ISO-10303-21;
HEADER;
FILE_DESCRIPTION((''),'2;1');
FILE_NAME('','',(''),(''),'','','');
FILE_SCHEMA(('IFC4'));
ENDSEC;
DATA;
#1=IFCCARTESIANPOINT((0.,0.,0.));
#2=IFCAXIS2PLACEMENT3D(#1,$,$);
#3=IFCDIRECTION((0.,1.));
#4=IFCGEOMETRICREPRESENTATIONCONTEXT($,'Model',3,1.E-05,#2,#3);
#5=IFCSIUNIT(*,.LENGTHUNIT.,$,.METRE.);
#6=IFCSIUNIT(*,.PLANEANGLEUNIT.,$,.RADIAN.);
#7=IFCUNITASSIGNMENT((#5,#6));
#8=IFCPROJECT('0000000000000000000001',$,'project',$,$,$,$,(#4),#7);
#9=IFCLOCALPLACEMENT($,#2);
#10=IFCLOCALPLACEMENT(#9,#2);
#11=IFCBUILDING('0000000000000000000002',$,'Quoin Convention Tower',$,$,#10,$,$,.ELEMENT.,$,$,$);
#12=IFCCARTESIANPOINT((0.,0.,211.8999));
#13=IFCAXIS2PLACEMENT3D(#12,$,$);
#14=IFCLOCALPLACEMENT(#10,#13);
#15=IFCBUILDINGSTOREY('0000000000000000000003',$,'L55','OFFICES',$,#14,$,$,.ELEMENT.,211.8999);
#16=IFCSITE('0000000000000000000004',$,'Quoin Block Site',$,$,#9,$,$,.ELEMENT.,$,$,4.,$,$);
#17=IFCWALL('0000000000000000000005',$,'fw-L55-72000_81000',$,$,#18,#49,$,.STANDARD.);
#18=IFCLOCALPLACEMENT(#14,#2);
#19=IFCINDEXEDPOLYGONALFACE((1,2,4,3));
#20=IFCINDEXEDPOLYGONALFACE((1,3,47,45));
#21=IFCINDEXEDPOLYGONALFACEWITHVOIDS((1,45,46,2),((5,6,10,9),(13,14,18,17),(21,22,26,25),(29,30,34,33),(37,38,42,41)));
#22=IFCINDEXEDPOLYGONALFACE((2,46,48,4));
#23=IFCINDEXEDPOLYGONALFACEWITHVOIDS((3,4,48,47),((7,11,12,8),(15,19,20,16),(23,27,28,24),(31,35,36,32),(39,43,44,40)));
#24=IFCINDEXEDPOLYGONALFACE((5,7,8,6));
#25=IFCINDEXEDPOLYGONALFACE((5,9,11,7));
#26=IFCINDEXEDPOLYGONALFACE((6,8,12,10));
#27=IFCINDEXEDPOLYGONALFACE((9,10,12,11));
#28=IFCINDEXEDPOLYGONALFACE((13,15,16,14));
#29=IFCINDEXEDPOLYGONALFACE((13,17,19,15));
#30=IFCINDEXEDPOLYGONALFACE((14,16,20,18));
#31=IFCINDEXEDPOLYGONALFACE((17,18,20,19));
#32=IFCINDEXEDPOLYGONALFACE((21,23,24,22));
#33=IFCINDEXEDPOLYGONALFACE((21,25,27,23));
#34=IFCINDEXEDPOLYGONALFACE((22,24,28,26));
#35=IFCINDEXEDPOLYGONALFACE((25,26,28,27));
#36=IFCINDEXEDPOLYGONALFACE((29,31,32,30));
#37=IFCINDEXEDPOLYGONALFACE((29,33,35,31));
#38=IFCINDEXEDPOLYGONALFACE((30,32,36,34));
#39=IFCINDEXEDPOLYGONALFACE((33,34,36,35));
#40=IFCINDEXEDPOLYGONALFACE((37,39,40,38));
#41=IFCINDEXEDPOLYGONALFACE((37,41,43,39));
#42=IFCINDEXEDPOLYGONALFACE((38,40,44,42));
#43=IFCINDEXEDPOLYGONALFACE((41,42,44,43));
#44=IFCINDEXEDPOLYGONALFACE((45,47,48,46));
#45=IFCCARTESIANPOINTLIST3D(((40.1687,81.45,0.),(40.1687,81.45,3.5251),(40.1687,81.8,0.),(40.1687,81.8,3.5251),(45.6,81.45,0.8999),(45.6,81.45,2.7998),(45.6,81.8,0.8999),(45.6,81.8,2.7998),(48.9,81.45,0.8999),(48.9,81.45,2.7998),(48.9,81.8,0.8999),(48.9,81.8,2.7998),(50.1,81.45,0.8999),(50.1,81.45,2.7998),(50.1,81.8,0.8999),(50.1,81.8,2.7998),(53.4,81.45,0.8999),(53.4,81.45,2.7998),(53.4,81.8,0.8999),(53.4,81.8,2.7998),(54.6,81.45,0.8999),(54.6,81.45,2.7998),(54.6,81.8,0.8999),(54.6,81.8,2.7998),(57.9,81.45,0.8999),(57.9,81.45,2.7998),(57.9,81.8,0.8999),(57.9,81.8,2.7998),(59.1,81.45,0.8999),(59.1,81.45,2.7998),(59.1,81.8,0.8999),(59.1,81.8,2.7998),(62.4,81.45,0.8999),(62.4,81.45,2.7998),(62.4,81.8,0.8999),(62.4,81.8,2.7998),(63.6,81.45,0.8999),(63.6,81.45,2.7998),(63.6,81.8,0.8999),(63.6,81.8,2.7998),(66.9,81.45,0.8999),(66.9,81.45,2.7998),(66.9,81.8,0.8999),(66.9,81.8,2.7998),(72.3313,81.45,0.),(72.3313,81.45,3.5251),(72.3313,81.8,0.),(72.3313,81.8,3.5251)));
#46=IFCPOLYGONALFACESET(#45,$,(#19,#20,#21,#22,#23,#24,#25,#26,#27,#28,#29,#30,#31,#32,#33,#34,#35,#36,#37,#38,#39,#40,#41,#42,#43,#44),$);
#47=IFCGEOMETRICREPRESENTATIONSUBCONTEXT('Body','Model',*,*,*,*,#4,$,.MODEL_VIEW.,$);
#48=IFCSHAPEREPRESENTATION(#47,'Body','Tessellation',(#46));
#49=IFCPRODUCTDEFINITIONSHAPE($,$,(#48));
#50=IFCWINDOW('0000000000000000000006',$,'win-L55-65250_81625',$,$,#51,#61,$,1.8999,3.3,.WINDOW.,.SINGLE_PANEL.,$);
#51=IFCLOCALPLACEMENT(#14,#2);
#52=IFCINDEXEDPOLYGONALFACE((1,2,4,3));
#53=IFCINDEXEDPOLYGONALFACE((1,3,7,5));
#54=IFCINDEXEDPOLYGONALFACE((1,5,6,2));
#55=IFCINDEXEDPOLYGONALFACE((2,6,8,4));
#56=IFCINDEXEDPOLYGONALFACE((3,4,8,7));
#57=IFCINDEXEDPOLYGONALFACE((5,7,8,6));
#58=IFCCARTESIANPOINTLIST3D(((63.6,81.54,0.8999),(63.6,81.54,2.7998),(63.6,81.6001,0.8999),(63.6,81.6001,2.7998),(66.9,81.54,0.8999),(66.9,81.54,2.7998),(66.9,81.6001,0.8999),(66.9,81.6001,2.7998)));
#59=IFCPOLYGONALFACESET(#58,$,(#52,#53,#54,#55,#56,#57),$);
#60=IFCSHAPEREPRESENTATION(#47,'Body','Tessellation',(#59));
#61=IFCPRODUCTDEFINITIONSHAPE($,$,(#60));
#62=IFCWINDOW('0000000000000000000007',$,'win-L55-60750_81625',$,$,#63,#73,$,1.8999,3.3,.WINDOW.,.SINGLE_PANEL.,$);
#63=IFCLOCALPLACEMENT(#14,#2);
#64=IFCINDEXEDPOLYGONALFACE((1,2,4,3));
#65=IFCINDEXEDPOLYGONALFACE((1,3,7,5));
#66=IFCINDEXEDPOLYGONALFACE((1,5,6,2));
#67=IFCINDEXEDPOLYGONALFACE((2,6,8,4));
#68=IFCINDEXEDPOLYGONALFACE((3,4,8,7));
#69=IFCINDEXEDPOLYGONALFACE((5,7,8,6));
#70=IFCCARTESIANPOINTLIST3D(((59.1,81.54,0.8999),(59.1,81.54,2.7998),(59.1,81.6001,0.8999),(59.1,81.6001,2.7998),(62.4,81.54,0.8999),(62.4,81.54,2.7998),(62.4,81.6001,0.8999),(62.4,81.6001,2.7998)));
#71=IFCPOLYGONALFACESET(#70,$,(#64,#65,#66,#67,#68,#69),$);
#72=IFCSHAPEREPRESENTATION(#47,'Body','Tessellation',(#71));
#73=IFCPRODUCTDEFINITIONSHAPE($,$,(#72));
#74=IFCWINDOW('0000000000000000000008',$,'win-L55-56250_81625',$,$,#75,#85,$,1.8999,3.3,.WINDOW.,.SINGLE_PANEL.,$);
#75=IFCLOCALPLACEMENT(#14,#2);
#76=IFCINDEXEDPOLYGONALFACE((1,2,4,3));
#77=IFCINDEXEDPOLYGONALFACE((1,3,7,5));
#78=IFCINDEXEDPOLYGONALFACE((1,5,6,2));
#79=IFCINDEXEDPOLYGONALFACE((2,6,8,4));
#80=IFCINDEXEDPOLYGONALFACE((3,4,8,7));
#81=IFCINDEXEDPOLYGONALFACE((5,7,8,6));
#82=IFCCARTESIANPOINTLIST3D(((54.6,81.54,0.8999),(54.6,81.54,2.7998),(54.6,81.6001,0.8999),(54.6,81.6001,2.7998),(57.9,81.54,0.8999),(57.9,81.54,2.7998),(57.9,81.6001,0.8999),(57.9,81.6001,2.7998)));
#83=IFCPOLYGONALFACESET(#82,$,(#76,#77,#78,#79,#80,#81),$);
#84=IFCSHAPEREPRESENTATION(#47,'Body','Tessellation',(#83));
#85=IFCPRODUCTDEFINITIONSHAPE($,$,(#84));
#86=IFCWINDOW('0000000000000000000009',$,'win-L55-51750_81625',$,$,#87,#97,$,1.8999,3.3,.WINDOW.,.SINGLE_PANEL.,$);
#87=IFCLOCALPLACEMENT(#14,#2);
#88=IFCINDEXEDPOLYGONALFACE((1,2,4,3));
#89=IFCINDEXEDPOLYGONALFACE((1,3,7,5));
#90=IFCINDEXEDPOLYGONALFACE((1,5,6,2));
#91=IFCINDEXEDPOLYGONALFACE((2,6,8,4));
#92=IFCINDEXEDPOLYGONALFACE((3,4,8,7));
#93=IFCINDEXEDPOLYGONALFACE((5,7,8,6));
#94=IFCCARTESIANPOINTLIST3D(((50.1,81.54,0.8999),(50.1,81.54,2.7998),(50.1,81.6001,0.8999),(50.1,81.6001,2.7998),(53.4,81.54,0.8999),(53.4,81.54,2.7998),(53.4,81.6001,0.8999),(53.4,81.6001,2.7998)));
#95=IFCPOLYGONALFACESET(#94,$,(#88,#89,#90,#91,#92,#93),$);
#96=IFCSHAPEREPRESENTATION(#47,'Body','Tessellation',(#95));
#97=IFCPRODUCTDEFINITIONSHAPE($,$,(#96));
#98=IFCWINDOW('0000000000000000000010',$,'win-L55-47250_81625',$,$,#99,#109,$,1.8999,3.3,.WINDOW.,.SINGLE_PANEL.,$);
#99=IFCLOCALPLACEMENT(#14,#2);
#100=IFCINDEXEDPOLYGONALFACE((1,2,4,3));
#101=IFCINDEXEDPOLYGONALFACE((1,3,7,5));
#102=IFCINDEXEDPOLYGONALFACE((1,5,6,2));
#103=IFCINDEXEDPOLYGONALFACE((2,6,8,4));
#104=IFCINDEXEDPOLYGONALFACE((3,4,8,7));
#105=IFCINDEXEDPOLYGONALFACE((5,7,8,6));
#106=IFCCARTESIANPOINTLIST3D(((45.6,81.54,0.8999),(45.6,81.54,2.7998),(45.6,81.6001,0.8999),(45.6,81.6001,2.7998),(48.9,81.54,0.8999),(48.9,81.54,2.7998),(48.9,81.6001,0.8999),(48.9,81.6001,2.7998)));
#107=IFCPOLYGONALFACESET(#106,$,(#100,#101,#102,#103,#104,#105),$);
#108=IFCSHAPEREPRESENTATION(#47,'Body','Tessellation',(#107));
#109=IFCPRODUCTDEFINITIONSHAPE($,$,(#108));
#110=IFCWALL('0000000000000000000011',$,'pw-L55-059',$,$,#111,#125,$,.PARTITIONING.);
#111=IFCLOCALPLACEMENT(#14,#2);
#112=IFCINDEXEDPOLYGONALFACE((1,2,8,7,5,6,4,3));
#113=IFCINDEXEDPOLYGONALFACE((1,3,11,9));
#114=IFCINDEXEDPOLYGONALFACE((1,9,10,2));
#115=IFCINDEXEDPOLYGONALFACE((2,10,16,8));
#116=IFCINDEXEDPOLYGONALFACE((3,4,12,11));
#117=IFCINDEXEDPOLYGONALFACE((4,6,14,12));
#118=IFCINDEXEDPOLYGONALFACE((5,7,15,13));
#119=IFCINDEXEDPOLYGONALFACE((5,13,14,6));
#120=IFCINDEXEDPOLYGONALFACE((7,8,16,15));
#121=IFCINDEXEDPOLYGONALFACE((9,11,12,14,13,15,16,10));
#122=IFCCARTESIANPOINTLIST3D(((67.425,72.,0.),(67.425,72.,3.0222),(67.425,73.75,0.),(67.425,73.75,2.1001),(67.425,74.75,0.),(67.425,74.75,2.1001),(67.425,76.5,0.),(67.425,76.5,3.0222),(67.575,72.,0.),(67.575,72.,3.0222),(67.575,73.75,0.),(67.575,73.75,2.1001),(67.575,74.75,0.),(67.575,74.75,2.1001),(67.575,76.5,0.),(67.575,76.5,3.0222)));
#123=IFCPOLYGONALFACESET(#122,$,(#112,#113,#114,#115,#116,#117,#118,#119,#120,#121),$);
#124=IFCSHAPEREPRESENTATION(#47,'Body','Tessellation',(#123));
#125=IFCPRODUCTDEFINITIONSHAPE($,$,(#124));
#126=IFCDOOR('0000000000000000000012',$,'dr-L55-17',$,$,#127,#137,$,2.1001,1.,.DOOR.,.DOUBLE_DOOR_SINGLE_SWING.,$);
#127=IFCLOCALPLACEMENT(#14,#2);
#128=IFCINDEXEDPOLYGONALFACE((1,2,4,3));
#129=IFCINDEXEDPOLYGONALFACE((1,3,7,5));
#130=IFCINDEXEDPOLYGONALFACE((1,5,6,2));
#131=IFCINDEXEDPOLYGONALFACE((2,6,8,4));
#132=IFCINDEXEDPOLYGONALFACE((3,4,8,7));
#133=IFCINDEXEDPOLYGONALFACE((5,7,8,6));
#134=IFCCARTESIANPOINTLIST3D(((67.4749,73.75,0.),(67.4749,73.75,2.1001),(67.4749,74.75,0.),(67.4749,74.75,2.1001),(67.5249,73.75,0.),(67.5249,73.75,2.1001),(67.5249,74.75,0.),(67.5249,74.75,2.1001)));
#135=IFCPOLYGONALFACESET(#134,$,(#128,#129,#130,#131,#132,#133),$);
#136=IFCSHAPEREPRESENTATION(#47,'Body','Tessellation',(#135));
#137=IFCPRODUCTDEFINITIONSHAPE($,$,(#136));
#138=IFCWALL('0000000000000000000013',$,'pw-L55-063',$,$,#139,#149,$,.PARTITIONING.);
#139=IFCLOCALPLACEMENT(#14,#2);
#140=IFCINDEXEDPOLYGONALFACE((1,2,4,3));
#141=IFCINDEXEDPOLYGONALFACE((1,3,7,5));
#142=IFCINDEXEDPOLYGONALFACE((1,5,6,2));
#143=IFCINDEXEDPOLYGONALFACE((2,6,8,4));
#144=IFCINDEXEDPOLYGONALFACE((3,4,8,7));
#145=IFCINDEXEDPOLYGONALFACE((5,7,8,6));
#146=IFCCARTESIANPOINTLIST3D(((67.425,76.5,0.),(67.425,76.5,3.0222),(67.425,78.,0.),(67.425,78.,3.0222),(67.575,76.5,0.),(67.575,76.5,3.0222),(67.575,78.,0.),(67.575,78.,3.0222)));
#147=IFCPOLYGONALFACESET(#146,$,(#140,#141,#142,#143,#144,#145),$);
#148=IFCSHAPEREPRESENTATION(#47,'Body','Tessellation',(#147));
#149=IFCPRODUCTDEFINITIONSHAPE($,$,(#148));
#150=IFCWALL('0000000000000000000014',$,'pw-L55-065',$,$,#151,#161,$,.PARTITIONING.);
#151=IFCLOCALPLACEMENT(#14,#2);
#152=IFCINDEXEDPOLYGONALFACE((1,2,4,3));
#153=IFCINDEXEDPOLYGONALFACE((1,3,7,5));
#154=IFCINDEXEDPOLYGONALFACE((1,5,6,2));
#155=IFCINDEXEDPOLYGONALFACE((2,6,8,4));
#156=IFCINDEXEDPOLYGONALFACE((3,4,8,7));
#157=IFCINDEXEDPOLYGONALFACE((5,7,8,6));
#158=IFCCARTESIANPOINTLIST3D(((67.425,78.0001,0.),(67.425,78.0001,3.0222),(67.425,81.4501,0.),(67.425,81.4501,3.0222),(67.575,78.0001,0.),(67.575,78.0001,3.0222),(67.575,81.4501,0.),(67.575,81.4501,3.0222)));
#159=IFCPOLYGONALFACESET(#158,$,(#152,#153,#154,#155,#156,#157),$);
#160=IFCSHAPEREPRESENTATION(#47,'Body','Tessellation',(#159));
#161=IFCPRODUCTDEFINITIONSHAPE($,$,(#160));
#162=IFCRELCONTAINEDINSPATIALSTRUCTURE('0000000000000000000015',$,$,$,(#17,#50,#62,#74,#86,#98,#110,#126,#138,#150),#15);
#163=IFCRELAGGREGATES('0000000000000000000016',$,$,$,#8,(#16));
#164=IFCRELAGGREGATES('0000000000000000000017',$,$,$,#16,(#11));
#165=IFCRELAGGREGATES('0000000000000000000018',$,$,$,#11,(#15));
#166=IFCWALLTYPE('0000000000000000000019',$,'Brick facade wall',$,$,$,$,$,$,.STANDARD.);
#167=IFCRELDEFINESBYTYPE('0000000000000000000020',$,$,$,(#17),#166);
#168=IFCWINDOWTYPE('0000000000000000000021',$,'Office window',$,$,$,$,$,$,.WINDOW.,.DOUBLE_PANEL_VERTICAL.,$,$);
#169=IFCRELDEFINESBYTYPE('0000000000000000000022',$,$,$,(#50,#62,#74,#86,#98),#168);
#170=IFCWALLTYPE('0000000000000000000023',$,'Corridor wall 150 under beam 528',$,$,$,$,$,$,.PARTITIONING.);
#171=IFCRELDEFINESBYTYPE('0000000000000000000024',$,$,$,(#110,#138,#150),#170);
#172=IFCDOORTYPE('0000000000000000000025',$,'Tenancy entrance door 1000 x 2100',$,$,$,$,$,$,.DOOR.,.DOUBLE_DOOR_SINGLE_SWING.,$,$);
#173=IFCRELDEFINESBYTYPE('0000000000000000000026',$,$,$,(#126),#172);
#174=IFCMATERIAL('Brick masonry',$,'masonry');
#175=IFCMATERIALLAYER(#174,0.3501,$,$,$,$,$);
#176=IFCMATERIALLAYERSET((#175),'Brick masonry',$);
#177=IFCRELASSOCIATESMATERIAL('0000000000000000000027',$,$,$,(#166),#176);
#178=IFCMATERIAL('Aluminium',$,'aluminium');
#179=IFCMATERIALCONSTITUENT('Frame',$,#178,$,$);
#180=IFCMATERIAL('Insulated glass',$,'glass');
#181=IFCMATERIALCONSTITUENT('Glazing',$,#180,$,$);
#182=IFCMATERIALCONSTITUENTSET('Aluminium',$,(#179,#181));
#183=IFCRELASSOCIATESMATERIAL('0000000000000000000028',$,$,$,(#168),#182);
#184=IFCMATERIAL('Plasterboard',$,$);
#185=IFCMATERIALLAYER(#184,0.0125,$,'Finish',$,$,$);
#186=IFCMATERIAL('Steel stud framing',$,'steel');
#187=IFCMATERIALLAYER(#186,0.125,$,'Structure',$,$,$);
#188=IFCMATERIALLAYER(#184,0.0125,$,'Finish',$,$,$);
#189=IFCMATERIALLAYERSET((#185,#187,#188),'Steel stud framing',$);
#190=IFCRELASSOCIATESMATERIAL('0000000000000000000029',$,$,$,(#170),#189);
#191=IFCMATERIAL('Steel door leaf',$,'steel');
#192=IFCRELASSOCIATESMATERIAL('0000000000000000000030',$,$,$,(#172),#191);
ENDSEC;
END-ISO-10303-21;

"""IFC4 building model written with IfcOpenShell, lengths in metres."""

from ifc_helpers import new_model, si_unit, direction, frame, frame_2d, origin, place, context, subcontext, project, spatial, rectangle, extrude, material, layer, layer_set, constituent, constituent_set, type_object, element, fill, save


model = new_model("IFC4")

# Units and contexts
model_context = context("Model", 3, precision=1e-05, world=origin(), true_north=direction((0.0, 1.0)))
body_context = subcontext(model_context, "Body", "Model", "MODEL_VIEW")
ifc_project = project(units=[si_unit("LENGTHUNIT", "METRE"), si_unit("PLANEANGLEUNIT", "RADIAN")], contexts=[model_context])

# Site, building, storey
site_placement = place(None, origin())
site = spatial("IfcSite", under=ifc_project, at=site_placement, Name="Quoin Block Site", CompositionType="ELEMENT", RefElevation=4.0)
building_placement = place(site_placement, origin())
building = spatial("IfcBuilding", under=site, at=building_placement, Name="Quoin Convention Tower", CompositionType="ELEMENT")
storey_placement = place(building_placement, frame((0.0, 0.0, 211.8999)))
storey = spatial("IfcBuildingStorey", under=building, at=storey_placement, Name="L55", Description="OFFICES", CompositionType="ELEMENT", Elevation=211.8999)

# Shared definitions
ifc_material_1 = material(Name="Brick masonry", Category="masonry")
ifc_layer_1 = layer(ifc_material_1, 0.3501)
ifc_layer_set_1 = layer_set([ifc_layer_1], Name="Brick masonry")
wall_type_1 = type_object("IfcWallType", Name="Brick facade wall", PredefinedType="STANDARD", material=ifc_layer_set_1)
ifc_material_2 = material(Name="Aluminium", Category="aluminium")
ifc_constituent_1 = constituent(ifc_material_2, Name="Frame")
ifc_material_3 = material(Name="Insulated glass", Category="glass")
ifc_constituent_2 = constituent(ifc_material_3, Name="Glazing")
ifc_constituent_set = constituent_set(constituents=[ifc_constituent_1, ifc_constituent_2], Name="Aluminium")
window_type = type_object("IfcWindowType", Name="Office window", PartitioningType="DOUBLE_PANEL_VERTICAL", PredefinedType="WINDOW", material=ifc_constituent_set)

# Wall, openings, windows
wall_1_placement = place(storey_placement, frame((72.3313, 81.625, 0.0), z_axis=(0.0, 0.0, 1.0), x_axis=(-1.0, 0.0, 0.0)))
wall_1 = element("IfcWall", 1, at=wall_1_placement, inside=storey, type_object=wall_type_1, Name="fw-L55-72000_81000", PredefinedType="STANDARD", context=body_context, shape_type="SweptSolid", body=[
    extrude(rectangle(XDim=32.1626, YDim=0.3501, at=frame_2d((16.0813, 0.0))), origin(), (0.0, 0.0, 1.0), 3.5251),
])
opening_1_placement = place(wall_1_placement, frame((5.4314, 0.0, 0.8999)))
opening_1 = element("IfcOpeningElement", 2, at=opening_1_placement, cuts=wall_1, PredefinedType="OPENING", context=body_context, shape_type="SweptSolid", body=[
    extrude(rectangle(XDim=3.3, YDim=1.8999, at=frame_2d((1.6499, 0.95))), frame((0.0, 0.1851, 0.0), z_axis=(0.0, -1.0, 0.0), x_axis=(1.0, 0.0, 0.0)), (0.0, 0.0, 1.0), 0.3701),
])
opening_2_placement = place(wall_1_placement, frame((9.9314, 0.0, 0.8999)))
opening_2 = element("IfcOpeningElement", 3, at=opening_2_placement, cuts=wall_1, PredefinedType="OPENING", context=body_context, shape_type="SweptSolid", body=[
    extrude(rectangle(XDim=3.3, YDim=1.8999, at=frame_2d((1.6499, 0.95))), frame((0.0, 0.1851, 0.0), z_axis=(0.0, -1.0, 0.0), x_axis=(1.0, 0.0, 0.0)), (0.0, 0.0, 1.0), 0.3701),
])
opening_3_placement = place(wall_1_placement, frame((14.4314, 0.0, 0.8999)))
opening_3 = element("IfcOpeningElement", 4, at=opening_3_placement, cuts=wall_1, PredefinedType="OPENING", context=body_context, shape_type="SweptSolid", body=[
    extrude(rectangle(XDim=3.3, YDim=1.8999, at=frame_2d((1.6499, 0.95))), frame((0.0, 0.1851, 0.0), z_axis=(0.0, -1.0, 0.0), x_axis=(1.0, 0.0, 0.0)), (0.0, 0.0, 1.0), 0.3701),
])
opening_4_placement = place(wall_1_placement, frame((18.9314, 0.0, 0.8999)))
opening_4 = element("IfcOpeningElement", 5, at=opening_4_placement, cuts=wall_1, PredefinedType="OPENING", context=body_context, shape_type="SweptSolid", body=[
    extrude(rectangle(XDim=3.3, YDim=1.8999, at=frame_2d((1.6499, 0.95))), frame((0.0, 0.1851, 0.0), z_axis=(0.0, -1.0, 0.0), x_axis=(1.0, 0.0, 0.0)), (0.0, 0.0, 1.0), 0.3701),
])
opening_5_placement = place(wall_1_placement, frame((23.4314, 0.0, 0.8999)))
opening_5 = element("IfcOpeningElement", 6, at=opening_5_placement, cuts=wall_1, PredefinedType="OPENING", context=body_context, shape_type="SweptSolid", body=[
    extrude(rectangle(XDim=3.3, YDim=1.8999, at=frame_2d((1.6499, 0.95))), frame((0.0, 0.1851, 0.0), z_axis=(0.0, -1.0, 0.0), x_axis=(1.0, 0.0, 0.0)), (0.0, 0.0, 1.0), 0.3701),
])
window_1_placement = place(opening_1_placement, origin())
window_1 = element("IfcWindow", 7, at=window_1_placement, inside=storey, type_object=window_type, Name="win-L55-65250_81625", OverallHeight=1.8999, OverallWidth=3.3, PartitioningType="SINGLE_PANEL", PredefinedType="WINDOW", context=body_context, shape_type="SweptSolid", body=[
    extrude(rectangle(XDim=3.3, YDim=1.8999, at=frame_2d((1.6499, 0.95))), frame((0.0, 0.085, 0.0), z_axis=(0.0, -1.0, 0.0), x_axis=(1.0, 0.0, 0.0)), (0.0, 0.0, 1.0), 0.0601),
])
fill(opening_1, window_1)
window_2_placement = place(opening_2_placement, origin())
window_2 = element("IfcWindow", 8, at=window_2_placement, inside=storey, type_object=window_type, Name="win-L55-60750_81625", OverallHeight=1.8999, OverallWidth=3.3, PartitioningType="SINGLE_PANEL", PredefinedType="WINDOW", context=body_context, shape_type="SweptSolid", body=[
    extrude(rectangle(XDim=3.3, YDim=1.8999, at=frame_2d((1.6499, 0.95))), frame((0.0, 0.085, 0.0), z_axis=(0.0, -1.0, 0.0), x_axis=(1.0, 0.0, 0.0)), (0.0, 0.0, 1.0), 0.0601),
])
fill(opening_2, window_2)
window_3_placement = place(opening_3_placement, origin())
window_3 = element("IfcWindow", 9, at=window_3_placement, inside=storey, type_object=window_type, Name="win-L55-56250_81625", OverallHeight=1.8999, OverallWidth=3.3, PartitioningType="SINGLE_PANEL", PredefinedType="WINDOW", context=body_context, shape_type="SweptSolid", body=[
    extrude(rectangle(XDim=3.3, YDim=1.8999, at=frame_2d((1.6499, 0.95))), frame((0.0, 0.085, 0.0), z_axis=(0.0, -1.0, 0.0), x_axis=(1.0, 0.0, 0.0)), (0.0, 0.0, 1.0), 0.0601),
])
fill(opening_3, window_3)
window_4_placement = place(opening_4_placement, origin())
window_4 = element("IfcWindow", 10, at=window_4_placement, inside=storey, type_object=window_type, Name="win-L55-51750_81625", OverallHeight=1.8999, OverallWidth=3.3, PartitioningType="SINGLE_PANEL", PredefinedType="WINDOW", context=body_context, shape_type="SweptSolid", body=[
    extrude(rectangle(XDim=3.3, YDim=1.8999, at=frame_2d((1.6499, 0.95))), frame((0.0, 0.085, 0.0), z_axis=(0.0, -1.0, 0.0), x_axis=(1.0, 0.0, 0.0)), (0.0, 0.0, 1.0), 0.0601),
])
fill(opening_4, window_4)
window_5_placement = place(opening_5_placement, origin())
window_5 = element("IfcWindow", 11, at=window_5_placement, inside=storey, type_object=window_type, Name="win-L55-47250_81625", OverallHeight=1.8999, OverallWidth=3.3, PartitioningType="SINGLE_PANEL", PredefinedType="WINDOW", context=body_context, shape_type="SweptSolid", body=[
    extrude(rectangle(XDim=3.3, YDim=1.8999, at=frame_2d((1.6499, 0.95))), frame((0.0, 0.085, 0.0), z_axis=(0.0, -1.0, 0.0), x_axis=(1.0, 0.0, 0.0)), (0.0, 0.0, 1.0), 0.0601),
])
fill(opening_5, window_5)

# Wall, opening, door
ifc_material_4 = material(Name="Plasterboard")
ifc_layer_2 = layer(ifc_material_4, 0.0125, Name="Finish")
ifc_material_5 = material(Name="Steel stud framing", Category="steel")
ifc_layer_3 = layer(ifc_material_5, 0.125, Name="Structure")
ifc_layer_4 = layer(ifc_material_4, 0.0125, Name="Finish")
ifc_layer_set_2 = layer_set([ifc_layer_2, ifc_layer_3, ifc_layer_4], Name="Steel stud framing")
wall_type_2 = type_object("IfcWallType", Name="Corridor wall 150 under beam 528", PredefinedType="PARTITIONING", material=ifc_layer_set_2)
wall_2_placement = place(storey_placement, frame((67.5, 72.0, 0.0), z_axis=(0.0, 0.0, 1.0), x_axis=(0.0, 1.0, 0.0)))
wall_2 = element("IfcWall", 12, at=wall_2_placement, inside=storey, type_object=wall_type_2, Name="pw-L55-059", PredefinedType="PARTITIONING", context=body_context, shape_type="SweptSolid", body=[
    extrude(rectangle(XDim=4.5, YDim=0.1499, at=frame_2d((2.25, 0.0))), origin(), (0.0, 0.0, 1.0), 3.0222),
])
opening_6_placement = place(wall_2_placement, frame((1.75, 0.0, 0.0)))
opening_6 = element("IfcOpeningElement", 13, at=opening_6_placement, cuts=wall_2, PredefinedType="OPENING", context=body_context, shape_type="SweptSolid", body=[
    extrude(rectangle(XDim=1.0, YDim=2.1001, at=frame_2d((0.5, 1.05))), frame((0.0, 0.085, 0.0), z_axis=(0.0, -1.0, 0.0), x_axis=(1.0, 0.0, 0.0)), (0.0, 0.0, 1.0), 0.1699),
])
ifc_material_6 = material(Name="Steel door leaf", Category="steel")
door_type = type_object("IfcDoorType", Name="Tenancy entrance door 1000 x 2100", OperationType="DOUBLE_DOOR_SINGLE_SWING", PredefinedType="DOOR", material=ifc_material_6)
door_placement = place(opening_6_placement, frame((1.0, 0.0, 0.0), z_axis=(0.0, 0.0, 1.0), x_axis=(-1.0, 0.0, 0.0)))
door = element("IfcDoor", 14, at=door_placement, inside=storey, type_object=door_type, Name="dr-L55-17", OperationType="DOUBLE_DOOR_SINGLE_SWING", OverallHeight=2.1001, OverallWidth=1.0, PredefinedType="DOOR", context=body_context, shape_type="SweptSolid", body=[
    extrude(rectangle(XDim=1.0, YDim=2.1001, at=frame_2d((0.5, 1.05))), frame((0.0, 0.0249, 0.0), z_axis=(0.0, -1.0, 0.0), x_axis=(1.0, 0.0, 0.0)), (0.0, 0.0, 1.0), 0.05),
])
fill(opening_6, door)

# Walls
wall_3_placement = place(storey_placement, frame((67.5, 76.5, 0.0), z_axis=(0.0, 0.0, 1.0), x_axis=(0.0, 1.0, 0.0)))
element("IfcWall", 15, at=wall_3_placement, inside=storey, type_object=wall_type_2, Name="pw-L55-063", PredefinedType="PARTITIONING", context=body_context, shape_type="SweptSolid", body=[
    extrude(rectangle(XDim=1.5, YDim=0.1499, at=frame_2d((0.75, 0.0))), origin(), (0.0, 0.0, 1.0), 3.0222),
])
wall_4_placement = place(storey_placement, frame((67.5, 78.0, 0.0), z_axis=(0.0, 0.0, 1.0), x_axis=(0.0, 1.0, 0.0)))
element("IfcWall", 16, at=wall_4_placement, inside=storey, type_object=wall_type_2, Name="pw-L55-065", PredefinedType="PARTITIONING", context=body_context, shape_type="SweptSolid", body=[
    extrude(rectangle(XDim=3.45, YDim=0.1499, at=frame_2d((1.7251, 0.0))), origin(), (0.0, 0.0, 1.0), 3.0222),
])

save(model, "model.ifc")
